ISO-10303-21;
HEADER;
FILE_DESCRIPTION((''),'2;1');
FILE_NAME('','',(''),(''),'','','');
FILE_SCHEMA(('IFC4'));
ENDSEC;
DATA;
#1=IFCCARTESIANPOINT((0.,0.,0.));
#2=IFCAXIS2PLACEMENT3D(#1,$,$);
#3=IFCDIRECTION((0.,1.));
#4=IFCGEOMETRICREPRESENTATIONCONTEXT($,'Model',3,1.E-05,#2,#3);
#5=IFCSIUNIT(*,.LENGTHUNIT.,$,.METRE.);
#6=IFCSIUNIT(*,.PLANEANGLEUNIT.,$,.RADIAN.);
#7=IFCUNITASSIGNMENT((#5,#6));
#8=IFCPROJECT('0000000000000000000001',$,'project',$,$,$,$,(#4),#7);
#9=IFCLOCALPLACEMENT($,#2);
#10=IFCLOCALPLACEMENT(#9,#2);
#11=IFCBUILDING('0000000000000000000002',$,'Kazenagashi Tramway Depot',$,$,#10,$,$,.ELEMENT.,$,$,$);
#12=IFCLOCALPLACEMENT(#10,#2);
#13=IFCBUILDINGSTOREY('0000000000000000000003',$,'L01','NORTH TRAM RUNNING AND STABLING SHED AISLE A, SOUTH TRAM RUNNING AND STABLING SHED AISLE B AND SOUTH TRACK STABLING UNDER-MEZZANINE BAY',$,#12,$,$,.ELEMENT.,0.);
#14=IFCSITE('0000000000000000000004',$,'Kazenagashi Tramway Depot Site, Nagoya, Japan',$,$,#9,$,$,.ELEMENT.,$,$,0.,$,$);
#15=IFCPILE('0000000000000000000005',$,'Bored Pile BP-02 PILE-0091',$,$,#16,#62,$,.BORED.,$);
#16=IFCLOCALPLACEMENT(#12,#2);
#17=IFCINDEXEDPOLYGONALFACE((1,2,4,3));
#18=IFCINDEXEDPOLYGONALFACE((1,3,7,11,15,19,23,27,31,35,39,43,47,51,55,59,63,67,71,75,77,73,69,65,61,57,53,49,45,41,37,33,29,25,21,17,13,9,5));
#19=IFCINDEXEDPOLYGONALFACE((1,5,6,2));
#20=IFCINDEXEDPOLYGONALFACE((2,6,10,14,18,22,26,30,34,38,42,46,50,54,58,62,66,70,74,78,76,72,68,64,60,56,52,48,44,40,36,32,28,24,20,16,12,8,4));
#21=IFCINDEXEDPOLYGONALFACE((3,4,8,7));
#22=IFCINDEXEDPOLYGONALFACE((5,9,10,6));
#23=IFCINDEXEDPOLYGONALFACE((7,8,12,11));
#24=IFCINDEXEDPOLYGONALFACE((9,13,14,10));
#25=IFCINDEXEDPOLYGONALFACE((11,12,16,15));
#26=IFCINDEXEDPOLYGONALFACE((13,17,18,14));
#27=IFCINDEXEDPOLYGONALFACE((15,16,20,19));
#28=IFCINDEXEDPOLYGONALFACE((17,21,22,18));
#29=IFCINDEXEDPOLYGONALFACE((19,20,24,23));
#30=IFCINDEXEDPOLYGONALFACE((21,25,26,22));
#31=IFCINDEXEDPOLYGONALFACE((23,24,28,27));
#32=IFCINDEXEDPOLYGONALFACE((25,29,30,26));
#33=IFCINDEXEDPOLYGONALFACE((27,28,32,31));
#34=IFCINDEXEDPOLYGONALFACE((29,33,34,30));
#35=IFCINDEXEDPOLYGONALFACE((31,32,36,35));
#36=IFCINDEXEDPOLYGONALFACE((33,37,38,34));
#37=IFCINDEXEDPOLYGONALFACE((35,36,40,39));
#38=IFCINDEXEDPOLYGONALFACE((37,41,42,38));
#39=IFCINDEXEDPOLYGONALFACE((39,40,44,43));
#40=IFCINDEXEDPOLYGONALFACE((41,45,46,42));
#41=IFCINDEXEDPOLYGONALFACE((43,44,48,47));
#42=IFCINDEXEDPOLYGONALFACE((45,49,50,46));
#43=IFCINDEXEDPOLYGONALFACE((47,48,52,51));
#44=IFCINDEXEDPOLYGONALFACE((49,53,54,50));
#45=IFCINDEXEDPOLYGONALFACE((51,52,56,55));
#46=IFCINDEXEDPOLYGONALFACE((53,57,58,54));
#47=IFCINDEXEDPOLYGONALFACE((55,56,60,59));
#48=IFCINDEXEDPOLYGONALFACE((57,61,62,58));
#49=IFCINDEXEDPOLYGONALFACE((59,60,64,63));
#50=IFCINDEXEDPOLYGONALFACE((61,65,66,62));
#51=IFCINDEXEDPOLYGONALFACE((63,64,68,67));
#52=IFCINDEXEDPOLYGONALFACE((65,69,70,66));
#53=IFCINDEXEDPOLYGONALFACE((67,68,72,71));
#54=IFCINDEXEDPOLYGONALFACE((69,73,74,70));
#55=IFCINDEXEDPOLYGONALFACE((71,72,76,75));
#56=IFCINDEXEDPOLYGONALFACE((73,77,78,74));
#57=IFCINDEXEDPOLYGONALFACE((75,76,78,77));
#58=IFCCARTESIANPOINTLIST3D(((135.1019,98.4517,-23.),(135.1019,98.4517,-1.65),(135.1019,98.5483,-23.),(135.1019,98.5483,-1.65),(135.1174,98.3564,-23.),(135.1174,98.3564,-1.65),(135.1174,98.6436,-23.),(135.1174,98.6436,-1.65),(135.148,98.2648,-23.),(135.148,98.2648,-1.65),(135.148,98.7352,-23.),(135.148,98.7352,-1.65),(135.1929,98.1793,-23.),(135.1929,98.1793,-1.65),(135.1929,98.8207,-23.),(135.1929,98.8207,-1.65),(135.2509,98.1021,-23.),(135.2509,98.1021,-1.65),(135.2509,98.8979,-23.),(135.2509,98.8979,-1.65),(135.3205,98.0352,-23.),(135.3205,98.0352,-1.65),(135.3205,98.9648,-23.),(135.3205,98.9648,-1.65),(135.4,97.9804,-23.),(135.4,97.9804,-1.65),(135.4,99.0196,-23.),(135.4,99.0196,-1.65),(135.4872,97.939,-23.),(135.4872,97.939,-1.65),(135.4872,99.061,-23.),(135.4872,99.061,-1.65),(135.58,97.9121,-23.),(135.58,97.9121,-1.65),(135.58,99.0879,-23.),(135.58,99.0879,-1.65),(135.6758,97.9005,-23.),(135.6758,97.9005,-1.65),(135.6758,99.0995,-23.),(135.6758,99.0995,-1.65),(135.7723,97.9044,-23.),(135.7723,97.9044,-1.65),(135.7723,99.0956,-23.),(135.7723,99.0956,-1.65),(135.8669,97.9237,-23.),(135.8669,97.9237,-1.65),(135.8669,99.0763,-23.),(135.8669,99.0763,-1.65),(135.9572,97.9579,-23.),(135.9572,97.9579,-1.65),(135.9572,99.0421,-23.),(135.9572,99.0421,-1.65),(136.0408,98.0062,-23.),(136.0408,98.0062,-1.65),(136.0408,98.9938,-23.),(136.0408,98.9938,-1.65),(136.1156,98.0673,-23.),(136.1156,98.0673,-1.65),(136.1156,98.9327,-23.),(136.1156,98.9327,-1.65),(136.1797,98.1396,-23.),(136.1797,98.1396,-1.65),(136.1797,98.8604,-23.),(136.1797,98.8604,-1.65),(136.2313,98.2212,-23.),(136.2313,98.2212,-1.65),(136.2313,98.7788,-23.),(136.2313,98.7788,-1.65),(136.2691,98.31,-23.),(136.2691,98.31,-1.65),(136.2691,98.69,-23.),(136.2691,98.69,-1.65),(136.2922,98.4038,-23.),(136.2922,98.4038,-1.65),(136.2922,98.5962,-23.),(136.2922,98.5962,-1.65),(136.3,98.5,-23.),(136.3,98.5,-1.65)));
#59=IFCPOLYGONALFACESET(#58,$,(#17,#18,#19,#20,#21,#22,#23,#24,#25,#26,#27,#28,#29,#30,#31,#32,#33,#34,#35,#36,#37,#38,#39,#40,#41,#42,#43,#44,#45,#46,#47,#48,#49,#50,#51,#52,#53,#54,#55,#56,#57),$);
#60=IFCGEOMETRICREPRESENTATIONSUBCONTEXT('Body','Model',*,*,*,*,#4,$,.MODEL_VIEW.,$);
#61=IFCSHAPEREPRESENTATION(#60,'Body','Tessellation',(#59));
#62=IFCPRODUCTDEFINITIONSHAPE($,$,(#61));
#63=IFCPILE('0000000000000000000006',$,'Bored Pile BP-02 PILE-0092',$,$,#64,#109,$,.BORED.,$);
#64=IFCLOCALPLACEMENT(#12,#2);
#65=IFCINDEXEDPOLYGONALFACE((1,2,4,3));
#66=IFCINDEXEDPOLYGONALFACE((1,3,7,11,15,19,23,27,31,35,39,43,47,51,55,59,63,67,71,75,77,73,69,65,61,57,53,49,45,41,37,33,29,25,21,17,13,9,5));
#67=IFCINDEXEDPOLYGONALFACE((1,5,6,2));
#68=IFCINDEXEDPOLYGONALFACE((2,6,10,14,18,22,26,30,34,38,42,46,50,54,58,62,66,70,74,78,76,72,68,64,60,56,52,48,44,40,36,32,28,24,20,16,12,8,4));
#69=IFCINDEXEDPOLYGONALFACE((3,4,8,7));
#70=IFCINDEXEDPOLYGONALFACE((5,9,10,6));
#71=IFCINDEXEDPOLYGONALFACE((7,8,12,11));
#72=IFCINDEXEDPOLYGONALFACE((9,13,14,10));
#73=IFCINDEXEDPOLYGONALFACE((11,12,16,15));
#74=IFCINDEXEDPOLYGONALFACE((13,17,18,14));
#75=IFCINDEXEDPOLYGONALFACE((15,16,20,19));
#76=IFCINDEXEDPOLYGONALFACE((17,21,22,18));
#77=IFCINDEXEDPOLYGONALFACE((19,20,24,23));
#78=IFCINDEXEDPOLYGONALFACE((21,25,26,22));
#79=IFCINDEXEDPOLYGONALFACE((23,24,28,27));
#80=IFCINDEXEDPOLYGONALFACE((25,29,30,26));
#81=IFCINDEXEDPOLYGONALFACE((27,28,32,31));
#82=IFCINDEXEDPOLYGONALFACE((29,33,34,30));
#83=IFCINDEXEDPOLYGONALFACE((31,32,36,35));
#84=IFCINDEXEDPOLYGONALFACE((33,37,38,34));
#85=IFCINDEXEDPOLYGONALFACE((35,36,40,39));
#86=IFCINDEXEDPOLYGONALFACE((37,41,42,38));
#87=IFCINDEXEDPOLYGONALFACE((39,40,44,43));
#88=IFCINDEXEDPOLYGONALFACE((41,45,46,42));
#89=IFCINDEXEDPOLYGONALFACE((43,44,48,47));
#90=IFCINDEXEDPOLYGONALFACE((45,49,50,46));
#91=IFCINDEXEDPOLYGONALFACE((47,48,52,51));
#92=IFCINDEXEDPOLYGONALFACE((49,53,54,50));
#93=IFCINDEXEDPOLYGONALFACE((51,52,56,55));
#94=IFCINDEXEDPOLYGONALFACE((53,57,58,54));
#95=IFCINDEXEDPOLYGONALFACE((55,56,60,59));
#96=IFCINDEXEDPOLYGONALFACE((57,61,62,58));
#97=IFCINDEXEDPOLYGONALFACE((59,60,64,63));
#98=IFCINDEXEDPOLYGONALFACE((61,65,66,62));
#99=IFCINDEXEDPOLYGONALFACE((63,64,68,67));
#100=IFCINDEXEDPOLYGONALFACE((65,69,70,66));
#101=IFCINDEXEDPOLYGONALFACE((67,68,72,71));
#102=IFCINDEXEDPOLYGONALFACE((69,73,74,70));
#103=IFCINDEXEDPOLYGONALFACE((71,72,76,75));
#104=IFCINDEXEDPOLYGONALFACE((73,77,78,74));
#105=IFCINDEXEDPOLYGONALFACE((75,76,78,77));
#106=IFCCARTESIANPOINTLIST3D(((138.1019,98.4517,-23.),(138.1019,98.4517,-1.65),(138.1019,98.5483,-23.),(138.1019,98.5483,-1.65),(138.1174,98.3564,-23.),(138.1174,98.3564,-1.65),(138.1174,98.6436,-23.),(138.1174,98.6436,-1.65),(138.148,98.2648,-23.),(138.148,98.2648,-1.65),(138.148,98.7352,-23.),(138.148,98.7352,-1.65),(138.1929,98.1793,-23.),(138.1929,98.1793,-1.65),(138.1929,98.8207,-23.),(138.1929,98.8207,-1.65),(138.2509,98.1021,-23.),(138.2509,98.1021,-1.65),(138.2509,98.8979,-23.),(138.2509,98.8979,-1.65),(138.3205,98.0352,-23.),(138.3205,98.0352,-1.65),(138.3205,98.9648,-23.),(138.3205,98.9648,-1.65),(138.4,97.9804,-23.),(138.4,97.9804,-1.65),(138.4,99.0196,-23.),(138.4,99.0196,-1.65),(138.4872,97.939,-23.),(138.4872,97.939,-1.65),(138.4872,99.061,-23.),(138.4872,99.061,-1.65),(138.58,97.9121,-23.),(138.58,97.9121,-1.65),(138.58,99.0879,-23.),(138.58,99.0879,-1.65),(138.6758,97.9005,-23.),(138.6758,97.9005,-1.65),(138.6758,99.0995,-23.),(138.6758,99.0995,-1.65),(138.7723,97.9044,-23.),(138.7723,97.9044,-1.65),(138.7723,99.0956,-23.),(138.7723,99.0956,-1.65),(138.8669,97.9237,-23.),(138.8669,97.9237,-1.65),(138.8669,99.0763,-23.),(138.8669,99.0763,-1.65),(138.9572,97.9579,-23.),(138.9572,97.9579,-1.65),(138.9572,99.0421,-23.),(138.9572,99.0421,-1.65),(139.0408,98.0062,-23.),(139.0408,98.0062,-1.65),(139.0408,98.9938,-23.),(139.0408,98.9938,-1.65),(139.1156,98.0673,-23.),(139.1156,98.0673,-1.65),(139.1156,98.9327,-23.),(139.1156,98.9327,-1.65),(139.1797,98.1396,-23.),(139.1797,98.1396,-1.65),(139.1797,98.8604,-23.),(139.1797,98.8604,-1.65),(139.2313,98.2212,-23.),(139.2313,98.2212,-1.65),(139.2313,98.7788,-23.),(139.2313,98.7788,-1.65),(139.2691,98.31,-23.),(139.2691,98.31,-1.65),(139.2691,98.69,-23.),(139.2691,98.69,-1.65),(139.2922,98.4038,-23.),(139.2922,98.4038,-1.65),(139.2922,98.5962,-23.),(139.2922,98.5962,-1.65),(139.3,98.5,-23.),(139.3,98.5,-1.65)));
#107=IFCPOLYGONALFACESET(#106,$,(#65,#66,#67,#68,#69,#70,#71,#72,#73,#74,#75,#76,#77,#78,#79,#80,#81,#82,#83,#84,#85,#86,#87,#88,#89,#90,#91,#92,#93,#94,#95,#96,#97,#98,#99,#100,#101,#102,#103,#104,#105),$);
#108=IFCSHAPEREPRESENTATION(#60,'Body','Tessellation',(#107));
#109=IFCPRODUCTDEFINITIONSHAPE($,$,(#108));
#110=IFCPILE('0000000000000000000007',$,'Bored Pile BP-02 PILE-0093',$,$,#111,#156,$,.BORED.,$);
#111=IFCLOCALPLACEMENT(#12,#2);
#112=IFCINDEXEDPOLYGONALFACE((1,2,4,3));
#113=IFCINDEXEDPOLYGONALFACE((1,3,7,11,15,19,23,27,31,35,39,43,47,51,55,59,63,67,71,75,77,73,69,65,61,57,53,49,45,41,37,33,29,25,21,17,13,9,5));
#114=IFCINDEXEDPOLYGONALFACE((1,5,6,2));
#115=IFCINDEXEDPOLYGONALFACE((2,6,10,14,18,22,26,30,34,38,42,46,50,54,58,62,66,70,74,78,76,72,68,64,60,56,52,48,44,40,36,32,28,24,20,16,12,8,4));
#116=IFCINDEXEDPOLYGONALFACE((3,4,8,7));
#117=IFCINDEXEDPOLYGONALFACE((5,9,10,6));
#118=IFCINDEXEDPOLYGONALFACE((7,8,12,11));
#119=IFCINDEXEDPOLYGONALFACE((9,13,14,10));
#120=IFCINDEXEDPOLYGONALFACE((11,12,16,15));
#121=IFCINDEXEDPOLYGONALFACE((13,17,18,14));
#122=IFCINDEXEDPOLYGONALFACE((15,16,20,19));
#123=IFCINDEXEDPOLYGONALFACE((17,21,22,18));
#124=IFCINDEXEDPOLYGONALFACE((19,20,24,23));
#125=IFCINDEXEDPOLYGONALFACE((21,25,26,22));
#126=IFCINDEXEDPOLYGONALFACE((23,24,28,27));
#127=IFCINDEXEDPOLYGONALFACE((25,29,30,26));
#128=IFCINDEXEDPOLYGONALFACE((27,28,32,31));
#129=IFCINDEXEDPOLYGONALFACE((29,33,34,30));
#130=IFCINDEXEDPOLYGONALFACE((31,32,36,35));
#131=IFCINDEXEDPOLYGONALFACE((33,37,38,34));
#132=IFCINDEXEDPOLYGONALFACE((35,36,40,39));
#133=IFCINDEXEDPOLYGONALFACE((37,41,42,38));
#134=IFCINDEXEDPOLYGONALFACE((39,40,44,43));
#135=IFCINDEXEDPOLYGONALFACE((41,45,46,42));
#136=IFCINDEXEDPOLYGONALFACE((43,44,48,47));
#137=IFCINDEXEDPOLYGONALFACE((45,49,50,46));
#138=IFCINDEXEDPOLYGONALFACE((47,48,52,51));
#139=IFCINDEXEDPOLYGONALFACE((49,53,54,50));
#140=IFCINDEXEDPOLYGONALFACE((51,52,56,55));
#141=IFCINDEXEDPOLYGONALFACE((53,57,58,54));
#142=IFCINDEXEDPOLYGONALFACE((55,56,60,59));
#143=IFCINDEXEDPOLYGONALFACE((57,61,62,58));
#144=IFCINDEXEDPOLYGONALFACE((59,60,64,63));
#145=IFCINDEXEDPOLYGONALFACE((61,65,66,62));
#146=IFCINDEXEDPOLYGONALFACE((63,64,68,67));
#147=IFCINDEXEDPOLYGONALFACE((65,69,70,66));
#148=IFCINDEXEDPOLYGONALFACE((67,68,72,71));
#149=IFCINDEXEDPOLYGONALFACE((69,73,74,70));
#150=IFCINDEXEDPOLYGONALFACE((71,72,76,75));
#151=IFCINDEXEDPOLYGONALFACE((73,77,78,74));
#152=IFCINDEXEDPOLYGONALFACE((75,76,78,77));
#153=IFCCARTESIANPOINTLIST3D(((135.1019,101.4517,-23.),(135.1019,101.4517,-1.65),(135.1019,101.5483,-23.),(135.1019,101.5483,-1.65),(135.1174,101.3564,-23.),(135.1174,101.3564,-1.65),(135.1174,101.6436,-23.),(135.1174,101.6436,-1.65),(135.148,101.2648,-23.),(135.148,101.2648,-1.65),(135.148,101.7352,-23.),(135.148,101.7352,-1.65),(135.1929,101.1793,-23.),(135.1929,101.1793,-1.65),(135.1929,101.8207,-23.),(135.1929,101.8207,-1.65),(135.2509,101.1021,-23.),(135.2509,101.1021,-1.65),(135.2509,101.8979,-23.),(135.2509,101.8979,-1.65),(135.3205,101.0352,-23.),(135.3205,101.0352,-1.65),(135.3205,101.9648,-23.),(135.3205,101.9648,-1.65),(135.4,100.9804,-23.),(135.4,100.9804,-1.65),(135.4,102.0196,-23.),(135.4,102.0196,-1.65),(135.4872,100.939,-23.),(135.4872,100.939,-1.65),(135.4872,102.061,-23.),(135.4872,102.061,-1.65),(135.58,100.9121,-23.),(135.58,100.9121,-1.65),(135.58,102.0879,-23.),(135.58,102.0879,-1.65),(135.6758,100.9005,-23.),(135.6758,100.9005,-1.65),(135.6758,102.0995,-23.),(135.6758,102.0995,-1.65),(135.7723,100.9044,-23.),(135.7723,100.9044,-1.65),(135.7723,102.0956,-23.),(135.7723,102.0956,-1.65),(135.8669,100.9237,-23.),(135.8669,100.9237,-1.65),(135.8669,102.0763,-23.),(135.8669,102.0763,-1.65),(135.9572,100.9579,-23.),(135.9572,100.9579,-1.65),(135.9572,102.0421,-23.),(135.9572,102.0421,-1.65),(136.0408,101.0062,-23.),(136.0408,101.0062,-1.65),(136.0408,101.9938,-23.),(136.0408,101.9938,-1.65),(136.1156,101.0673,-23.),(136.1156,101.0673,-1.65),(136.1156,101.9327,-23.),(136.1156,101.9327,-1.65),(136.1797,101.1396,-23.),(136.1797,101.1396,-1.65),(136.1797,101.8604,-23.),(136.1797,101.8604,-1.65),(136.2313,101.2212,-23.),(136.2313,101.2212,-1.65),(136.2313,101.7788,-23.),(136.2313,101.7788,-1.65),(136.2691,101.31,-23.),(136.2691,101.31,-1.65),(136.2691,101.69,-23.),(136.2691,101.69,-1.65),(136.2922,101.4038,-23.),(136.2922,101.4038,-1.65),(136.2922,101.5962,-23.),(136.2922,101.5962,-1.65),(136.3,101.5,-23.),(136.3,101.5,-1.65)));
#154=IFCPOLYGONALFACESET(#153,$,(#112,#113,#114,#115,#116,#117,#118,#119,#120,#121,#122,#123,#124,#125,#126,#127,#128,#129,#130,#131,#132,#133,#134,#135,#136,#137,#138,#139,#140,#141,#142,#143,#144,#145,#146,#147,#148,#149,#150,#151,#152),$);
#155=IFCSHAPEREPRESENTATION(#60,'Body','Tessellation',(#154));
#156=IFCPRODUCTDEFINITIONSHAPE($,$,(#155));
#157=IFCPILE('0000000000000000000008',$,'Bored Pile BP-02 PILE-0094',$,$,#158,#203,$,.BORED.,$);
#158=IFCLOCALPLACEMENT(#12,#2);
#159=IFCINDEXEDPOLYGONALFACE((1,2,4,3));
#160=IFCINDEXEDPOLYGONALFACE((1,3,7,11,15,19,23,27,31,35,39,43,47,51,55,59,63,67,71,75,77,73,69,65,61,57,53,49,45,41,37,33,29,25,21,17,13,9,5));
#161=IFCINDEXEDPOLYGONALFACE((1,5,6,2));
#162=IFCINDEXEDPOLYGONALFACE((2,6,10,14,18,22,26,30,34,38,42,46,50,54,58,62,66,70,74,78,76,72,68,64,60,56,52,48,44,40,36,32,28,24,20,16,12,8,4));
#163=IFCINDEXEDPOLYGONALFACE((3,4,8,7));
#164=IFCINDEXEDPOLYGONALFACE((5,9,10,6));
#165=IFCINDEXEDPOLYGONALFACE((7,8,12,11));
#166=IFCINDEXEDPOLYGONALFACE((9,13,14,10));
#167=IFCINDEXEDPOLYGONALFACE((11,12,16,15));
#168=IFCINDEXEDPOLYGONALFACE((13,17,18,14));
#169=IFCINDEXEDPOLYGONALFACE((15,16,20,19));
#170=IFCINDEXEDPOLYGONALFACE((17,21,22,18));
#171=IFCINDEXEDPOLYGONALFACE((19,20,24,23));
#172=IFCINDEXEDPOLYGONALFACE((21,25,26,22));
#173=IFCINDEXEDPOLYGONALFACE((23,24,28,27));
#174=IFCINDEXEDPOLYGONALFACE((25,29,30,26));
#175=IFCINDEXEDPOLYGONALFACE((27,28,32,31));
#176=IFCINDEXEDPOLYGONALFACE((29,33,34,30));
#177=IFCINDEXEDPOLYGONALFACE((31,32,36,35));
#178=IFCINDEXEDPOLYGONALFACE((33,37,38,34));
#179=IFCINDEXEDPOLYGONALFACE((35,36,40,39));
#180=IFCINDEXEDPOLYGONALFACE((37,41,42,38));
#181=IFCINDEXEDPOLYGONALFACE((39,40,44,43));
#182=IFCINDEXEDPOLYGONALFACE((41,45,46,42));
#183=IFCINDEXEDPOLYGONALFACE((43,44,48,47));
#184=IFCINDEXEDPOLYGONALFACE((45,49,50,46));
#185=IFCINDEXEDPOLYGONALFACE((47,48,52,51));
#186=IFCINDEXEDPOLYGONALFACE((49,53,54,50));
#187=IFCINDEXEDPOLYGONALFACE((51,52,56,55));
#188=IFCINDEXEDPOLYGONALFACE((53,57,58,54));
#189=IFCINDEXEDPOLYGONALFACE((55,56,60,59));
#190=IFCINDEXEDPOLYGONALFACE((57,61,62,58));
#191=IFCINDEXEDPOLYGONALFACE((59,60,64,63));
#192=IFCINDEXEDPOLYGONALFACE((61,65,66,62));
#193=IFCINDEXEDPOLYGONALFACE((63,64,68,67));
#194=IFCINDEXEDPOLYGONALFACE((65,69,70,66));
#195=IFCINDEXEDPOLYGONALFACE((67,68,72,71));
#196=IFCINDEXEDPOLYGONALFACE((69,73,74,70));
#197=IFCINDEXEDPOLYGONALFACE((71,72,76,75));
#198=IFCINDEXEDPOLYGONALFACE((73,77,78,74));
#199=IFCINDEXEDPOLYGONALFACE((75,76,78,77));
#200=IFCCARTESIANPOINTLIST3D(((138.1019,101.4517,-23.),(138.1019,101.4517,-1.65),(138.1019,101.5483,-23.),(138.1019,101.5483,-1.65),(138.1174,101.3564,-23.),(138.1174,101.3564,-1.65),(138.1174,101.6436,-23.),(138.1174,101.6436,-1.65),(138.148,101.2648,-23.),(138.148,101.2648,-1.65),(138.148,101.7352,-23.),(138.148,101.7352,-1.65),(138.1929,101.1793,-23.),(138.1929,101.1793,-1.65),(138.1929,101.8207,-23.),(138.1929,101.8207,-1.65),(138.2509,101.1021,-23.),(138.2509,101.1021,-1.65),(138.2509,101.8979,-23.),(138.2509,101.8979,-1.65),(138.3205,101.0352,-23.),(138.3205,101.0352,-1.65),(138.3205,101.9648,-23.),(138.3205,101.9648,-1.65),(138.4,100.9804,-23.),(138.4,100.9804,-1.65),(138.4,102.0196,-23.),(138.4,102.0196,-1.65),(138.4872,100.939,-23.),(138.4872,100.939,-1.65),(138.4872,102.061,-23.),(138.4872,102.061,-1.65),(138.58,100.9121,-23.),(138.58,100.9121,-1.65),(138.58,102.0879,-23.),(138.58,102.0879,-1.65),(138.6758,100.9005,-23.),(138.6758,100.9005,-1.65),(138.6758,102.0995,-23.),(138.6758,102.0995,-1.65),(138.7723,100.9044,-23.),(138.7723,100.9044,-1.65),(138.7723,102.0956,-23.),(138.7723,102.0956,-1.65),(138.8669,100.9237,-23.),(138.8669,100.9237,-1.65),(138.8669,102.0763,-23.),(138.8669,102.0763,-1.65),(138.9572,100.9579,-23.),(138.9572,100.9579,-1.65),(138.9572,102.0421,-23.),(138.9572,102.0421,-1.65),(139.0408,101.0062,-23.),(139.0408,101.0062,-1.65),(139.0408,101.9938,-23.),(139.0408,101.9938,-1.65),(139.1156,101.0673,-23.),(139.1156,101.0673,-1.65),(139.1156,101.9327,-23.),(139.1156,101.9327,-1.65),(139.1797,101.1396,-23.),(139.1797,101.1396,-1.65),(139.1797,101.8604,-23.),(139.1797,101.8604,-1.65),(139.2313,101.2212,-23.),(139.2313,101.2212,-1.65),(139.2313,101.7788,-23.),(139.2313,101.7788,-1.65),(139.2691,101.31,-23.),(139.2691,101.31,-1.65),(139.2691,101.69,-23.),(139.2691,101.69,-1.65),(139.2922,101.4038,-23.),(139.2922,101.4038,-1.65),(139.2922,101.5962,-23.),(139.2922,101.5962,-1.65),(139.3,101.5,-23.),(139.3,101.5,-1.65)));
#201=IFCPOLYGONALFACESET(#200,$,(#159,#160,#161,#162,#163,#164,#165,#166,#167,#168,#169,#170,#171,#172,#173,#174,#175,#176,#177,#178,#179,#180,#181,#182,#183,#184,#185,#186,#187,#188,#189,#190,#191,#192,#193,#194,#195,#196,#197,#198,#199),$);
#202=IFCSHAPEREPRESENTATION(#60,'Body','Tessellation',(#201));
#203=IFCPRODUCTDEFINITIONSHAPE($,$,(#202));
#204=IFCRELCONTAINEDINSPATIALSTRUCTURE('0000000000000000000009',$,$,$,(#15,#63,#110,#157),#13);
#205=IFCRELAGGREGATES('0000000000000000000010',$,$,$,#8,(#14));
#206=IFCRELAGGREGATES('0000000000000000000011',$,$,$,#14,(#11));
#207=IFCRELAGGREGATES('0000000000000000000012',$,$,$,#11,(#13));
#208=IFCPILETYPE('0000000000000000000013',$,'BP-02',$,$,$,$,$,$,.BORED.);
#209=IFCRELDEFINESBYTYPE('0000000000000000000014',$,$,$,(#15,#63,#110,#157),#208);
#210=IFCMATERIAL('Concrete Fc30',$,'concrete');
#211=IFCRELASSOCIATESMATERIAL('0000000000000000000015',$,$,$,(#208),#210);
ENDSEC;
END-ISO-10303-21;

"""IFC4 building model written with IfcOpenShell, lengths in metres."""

from ifc_helpers import new_model, si_unit, direction, frame, origin, origin_2d, place, context, subcontext, project, spatial, circle, extrude, material, material_profile, profile_set, type_object, element, save


model = new_model("IFC4")

# Units and contexts
model_context = context("Model", 3, precision=1e-05, world=origin(), true_north=direction((0.0, 1.0)))
body_context = subcontext(model_context, "Body", "Model", "MODEL_VIEW")
ifc_project = project(units=[si_unit("LENGTHUNIT", "METRE"), si_unit("PLANEANGLEUNIT", "RADIAN")], contexts=[model_context])

# Site, building, storey
site_placement = place(None, origin())
site = spatial("IfcSite", under=ifc_project, at=site_placement, Name="Kazenagashi Tramway Depot Site, Nagoya, Japan", CompositionType="ELEMENT", RefElevation=0.0)
building_placement = place(site_placement, origin())
building = spatial("IfcBuilding", under=site, at=building_placement, Name="Kazenagashi Tramway Depot", CompositionType="ELEMENT")
storey_placement = place(building_placement, origin())
storey = spatial("IfcBuildingStorey", under=building, at=storey_placement, Name="L01", Description="NORTH TRAM RUNNING AND STABLING SHED AISLE A, SOUTH TRAM RUNNING AND STABLING SHED AISLE B AND SOUTH TRACK STABLING UNDER-MEZZANINE BAY", CompositionType="ELEMENT", Elevation=0.0)

# Piles
ifc_material_1 = material(Name="Concrete Fc30", Category="concrete")
ifc_material_profile_1 = material_profile(ifc_material_1, circle(Radius=0.6, at=origin_2d()), Name="PILE-1200")
ifc_profile_set_1 = profile_set([ifc_material_profile_1], Name="Concrete Fc30")
pile_type = type_object("IfcPileType", Name="BP-02", PredefinedType="BORED", material=ifc_profile_set_1)
for number, where, z_axis, x_axis, name in (
    (1, (135.7, 98.5, -1.65), (0.0, 0.0, -1.0), (1.0, 0.0, 0.0), "Bored Pile BP-02 PILE-0091"),
    (2, (138.7, 98.5, -1.65), (0.0, 0.0, -1.0), (1.0, 0.0, 0.0), "Bored Pile BP-02 PILE-0092"),
    (3, (135.7, 101.5, -1.65), (0.0, 0.0, -1.0), (1.0, 0.0, 0.0), "Bored Pile BP-02 PILE-0093"),
    (4, (138.7, 101.5, -1.65), (0.0, 0.0, -1.0), (1.0, 0.0, 0.0), "Bored Pile BP-02 PILE-0094"),
):
    element("IfcPile", number, at=place(storey_placement, frame(where, z_axis=z_axis, x_axis=x_axis)), inside=storey, type_object=pile_type, Name=name, PredefinedType="BORED", context=body_context, shape_type="SweptSolid", body=[
        extrude(circle(Radius=0.6, at=origin_2d()), origin(), (0.0, 0.0, 1.0), 21.35),
    ])

save(model, "model.ifc")
